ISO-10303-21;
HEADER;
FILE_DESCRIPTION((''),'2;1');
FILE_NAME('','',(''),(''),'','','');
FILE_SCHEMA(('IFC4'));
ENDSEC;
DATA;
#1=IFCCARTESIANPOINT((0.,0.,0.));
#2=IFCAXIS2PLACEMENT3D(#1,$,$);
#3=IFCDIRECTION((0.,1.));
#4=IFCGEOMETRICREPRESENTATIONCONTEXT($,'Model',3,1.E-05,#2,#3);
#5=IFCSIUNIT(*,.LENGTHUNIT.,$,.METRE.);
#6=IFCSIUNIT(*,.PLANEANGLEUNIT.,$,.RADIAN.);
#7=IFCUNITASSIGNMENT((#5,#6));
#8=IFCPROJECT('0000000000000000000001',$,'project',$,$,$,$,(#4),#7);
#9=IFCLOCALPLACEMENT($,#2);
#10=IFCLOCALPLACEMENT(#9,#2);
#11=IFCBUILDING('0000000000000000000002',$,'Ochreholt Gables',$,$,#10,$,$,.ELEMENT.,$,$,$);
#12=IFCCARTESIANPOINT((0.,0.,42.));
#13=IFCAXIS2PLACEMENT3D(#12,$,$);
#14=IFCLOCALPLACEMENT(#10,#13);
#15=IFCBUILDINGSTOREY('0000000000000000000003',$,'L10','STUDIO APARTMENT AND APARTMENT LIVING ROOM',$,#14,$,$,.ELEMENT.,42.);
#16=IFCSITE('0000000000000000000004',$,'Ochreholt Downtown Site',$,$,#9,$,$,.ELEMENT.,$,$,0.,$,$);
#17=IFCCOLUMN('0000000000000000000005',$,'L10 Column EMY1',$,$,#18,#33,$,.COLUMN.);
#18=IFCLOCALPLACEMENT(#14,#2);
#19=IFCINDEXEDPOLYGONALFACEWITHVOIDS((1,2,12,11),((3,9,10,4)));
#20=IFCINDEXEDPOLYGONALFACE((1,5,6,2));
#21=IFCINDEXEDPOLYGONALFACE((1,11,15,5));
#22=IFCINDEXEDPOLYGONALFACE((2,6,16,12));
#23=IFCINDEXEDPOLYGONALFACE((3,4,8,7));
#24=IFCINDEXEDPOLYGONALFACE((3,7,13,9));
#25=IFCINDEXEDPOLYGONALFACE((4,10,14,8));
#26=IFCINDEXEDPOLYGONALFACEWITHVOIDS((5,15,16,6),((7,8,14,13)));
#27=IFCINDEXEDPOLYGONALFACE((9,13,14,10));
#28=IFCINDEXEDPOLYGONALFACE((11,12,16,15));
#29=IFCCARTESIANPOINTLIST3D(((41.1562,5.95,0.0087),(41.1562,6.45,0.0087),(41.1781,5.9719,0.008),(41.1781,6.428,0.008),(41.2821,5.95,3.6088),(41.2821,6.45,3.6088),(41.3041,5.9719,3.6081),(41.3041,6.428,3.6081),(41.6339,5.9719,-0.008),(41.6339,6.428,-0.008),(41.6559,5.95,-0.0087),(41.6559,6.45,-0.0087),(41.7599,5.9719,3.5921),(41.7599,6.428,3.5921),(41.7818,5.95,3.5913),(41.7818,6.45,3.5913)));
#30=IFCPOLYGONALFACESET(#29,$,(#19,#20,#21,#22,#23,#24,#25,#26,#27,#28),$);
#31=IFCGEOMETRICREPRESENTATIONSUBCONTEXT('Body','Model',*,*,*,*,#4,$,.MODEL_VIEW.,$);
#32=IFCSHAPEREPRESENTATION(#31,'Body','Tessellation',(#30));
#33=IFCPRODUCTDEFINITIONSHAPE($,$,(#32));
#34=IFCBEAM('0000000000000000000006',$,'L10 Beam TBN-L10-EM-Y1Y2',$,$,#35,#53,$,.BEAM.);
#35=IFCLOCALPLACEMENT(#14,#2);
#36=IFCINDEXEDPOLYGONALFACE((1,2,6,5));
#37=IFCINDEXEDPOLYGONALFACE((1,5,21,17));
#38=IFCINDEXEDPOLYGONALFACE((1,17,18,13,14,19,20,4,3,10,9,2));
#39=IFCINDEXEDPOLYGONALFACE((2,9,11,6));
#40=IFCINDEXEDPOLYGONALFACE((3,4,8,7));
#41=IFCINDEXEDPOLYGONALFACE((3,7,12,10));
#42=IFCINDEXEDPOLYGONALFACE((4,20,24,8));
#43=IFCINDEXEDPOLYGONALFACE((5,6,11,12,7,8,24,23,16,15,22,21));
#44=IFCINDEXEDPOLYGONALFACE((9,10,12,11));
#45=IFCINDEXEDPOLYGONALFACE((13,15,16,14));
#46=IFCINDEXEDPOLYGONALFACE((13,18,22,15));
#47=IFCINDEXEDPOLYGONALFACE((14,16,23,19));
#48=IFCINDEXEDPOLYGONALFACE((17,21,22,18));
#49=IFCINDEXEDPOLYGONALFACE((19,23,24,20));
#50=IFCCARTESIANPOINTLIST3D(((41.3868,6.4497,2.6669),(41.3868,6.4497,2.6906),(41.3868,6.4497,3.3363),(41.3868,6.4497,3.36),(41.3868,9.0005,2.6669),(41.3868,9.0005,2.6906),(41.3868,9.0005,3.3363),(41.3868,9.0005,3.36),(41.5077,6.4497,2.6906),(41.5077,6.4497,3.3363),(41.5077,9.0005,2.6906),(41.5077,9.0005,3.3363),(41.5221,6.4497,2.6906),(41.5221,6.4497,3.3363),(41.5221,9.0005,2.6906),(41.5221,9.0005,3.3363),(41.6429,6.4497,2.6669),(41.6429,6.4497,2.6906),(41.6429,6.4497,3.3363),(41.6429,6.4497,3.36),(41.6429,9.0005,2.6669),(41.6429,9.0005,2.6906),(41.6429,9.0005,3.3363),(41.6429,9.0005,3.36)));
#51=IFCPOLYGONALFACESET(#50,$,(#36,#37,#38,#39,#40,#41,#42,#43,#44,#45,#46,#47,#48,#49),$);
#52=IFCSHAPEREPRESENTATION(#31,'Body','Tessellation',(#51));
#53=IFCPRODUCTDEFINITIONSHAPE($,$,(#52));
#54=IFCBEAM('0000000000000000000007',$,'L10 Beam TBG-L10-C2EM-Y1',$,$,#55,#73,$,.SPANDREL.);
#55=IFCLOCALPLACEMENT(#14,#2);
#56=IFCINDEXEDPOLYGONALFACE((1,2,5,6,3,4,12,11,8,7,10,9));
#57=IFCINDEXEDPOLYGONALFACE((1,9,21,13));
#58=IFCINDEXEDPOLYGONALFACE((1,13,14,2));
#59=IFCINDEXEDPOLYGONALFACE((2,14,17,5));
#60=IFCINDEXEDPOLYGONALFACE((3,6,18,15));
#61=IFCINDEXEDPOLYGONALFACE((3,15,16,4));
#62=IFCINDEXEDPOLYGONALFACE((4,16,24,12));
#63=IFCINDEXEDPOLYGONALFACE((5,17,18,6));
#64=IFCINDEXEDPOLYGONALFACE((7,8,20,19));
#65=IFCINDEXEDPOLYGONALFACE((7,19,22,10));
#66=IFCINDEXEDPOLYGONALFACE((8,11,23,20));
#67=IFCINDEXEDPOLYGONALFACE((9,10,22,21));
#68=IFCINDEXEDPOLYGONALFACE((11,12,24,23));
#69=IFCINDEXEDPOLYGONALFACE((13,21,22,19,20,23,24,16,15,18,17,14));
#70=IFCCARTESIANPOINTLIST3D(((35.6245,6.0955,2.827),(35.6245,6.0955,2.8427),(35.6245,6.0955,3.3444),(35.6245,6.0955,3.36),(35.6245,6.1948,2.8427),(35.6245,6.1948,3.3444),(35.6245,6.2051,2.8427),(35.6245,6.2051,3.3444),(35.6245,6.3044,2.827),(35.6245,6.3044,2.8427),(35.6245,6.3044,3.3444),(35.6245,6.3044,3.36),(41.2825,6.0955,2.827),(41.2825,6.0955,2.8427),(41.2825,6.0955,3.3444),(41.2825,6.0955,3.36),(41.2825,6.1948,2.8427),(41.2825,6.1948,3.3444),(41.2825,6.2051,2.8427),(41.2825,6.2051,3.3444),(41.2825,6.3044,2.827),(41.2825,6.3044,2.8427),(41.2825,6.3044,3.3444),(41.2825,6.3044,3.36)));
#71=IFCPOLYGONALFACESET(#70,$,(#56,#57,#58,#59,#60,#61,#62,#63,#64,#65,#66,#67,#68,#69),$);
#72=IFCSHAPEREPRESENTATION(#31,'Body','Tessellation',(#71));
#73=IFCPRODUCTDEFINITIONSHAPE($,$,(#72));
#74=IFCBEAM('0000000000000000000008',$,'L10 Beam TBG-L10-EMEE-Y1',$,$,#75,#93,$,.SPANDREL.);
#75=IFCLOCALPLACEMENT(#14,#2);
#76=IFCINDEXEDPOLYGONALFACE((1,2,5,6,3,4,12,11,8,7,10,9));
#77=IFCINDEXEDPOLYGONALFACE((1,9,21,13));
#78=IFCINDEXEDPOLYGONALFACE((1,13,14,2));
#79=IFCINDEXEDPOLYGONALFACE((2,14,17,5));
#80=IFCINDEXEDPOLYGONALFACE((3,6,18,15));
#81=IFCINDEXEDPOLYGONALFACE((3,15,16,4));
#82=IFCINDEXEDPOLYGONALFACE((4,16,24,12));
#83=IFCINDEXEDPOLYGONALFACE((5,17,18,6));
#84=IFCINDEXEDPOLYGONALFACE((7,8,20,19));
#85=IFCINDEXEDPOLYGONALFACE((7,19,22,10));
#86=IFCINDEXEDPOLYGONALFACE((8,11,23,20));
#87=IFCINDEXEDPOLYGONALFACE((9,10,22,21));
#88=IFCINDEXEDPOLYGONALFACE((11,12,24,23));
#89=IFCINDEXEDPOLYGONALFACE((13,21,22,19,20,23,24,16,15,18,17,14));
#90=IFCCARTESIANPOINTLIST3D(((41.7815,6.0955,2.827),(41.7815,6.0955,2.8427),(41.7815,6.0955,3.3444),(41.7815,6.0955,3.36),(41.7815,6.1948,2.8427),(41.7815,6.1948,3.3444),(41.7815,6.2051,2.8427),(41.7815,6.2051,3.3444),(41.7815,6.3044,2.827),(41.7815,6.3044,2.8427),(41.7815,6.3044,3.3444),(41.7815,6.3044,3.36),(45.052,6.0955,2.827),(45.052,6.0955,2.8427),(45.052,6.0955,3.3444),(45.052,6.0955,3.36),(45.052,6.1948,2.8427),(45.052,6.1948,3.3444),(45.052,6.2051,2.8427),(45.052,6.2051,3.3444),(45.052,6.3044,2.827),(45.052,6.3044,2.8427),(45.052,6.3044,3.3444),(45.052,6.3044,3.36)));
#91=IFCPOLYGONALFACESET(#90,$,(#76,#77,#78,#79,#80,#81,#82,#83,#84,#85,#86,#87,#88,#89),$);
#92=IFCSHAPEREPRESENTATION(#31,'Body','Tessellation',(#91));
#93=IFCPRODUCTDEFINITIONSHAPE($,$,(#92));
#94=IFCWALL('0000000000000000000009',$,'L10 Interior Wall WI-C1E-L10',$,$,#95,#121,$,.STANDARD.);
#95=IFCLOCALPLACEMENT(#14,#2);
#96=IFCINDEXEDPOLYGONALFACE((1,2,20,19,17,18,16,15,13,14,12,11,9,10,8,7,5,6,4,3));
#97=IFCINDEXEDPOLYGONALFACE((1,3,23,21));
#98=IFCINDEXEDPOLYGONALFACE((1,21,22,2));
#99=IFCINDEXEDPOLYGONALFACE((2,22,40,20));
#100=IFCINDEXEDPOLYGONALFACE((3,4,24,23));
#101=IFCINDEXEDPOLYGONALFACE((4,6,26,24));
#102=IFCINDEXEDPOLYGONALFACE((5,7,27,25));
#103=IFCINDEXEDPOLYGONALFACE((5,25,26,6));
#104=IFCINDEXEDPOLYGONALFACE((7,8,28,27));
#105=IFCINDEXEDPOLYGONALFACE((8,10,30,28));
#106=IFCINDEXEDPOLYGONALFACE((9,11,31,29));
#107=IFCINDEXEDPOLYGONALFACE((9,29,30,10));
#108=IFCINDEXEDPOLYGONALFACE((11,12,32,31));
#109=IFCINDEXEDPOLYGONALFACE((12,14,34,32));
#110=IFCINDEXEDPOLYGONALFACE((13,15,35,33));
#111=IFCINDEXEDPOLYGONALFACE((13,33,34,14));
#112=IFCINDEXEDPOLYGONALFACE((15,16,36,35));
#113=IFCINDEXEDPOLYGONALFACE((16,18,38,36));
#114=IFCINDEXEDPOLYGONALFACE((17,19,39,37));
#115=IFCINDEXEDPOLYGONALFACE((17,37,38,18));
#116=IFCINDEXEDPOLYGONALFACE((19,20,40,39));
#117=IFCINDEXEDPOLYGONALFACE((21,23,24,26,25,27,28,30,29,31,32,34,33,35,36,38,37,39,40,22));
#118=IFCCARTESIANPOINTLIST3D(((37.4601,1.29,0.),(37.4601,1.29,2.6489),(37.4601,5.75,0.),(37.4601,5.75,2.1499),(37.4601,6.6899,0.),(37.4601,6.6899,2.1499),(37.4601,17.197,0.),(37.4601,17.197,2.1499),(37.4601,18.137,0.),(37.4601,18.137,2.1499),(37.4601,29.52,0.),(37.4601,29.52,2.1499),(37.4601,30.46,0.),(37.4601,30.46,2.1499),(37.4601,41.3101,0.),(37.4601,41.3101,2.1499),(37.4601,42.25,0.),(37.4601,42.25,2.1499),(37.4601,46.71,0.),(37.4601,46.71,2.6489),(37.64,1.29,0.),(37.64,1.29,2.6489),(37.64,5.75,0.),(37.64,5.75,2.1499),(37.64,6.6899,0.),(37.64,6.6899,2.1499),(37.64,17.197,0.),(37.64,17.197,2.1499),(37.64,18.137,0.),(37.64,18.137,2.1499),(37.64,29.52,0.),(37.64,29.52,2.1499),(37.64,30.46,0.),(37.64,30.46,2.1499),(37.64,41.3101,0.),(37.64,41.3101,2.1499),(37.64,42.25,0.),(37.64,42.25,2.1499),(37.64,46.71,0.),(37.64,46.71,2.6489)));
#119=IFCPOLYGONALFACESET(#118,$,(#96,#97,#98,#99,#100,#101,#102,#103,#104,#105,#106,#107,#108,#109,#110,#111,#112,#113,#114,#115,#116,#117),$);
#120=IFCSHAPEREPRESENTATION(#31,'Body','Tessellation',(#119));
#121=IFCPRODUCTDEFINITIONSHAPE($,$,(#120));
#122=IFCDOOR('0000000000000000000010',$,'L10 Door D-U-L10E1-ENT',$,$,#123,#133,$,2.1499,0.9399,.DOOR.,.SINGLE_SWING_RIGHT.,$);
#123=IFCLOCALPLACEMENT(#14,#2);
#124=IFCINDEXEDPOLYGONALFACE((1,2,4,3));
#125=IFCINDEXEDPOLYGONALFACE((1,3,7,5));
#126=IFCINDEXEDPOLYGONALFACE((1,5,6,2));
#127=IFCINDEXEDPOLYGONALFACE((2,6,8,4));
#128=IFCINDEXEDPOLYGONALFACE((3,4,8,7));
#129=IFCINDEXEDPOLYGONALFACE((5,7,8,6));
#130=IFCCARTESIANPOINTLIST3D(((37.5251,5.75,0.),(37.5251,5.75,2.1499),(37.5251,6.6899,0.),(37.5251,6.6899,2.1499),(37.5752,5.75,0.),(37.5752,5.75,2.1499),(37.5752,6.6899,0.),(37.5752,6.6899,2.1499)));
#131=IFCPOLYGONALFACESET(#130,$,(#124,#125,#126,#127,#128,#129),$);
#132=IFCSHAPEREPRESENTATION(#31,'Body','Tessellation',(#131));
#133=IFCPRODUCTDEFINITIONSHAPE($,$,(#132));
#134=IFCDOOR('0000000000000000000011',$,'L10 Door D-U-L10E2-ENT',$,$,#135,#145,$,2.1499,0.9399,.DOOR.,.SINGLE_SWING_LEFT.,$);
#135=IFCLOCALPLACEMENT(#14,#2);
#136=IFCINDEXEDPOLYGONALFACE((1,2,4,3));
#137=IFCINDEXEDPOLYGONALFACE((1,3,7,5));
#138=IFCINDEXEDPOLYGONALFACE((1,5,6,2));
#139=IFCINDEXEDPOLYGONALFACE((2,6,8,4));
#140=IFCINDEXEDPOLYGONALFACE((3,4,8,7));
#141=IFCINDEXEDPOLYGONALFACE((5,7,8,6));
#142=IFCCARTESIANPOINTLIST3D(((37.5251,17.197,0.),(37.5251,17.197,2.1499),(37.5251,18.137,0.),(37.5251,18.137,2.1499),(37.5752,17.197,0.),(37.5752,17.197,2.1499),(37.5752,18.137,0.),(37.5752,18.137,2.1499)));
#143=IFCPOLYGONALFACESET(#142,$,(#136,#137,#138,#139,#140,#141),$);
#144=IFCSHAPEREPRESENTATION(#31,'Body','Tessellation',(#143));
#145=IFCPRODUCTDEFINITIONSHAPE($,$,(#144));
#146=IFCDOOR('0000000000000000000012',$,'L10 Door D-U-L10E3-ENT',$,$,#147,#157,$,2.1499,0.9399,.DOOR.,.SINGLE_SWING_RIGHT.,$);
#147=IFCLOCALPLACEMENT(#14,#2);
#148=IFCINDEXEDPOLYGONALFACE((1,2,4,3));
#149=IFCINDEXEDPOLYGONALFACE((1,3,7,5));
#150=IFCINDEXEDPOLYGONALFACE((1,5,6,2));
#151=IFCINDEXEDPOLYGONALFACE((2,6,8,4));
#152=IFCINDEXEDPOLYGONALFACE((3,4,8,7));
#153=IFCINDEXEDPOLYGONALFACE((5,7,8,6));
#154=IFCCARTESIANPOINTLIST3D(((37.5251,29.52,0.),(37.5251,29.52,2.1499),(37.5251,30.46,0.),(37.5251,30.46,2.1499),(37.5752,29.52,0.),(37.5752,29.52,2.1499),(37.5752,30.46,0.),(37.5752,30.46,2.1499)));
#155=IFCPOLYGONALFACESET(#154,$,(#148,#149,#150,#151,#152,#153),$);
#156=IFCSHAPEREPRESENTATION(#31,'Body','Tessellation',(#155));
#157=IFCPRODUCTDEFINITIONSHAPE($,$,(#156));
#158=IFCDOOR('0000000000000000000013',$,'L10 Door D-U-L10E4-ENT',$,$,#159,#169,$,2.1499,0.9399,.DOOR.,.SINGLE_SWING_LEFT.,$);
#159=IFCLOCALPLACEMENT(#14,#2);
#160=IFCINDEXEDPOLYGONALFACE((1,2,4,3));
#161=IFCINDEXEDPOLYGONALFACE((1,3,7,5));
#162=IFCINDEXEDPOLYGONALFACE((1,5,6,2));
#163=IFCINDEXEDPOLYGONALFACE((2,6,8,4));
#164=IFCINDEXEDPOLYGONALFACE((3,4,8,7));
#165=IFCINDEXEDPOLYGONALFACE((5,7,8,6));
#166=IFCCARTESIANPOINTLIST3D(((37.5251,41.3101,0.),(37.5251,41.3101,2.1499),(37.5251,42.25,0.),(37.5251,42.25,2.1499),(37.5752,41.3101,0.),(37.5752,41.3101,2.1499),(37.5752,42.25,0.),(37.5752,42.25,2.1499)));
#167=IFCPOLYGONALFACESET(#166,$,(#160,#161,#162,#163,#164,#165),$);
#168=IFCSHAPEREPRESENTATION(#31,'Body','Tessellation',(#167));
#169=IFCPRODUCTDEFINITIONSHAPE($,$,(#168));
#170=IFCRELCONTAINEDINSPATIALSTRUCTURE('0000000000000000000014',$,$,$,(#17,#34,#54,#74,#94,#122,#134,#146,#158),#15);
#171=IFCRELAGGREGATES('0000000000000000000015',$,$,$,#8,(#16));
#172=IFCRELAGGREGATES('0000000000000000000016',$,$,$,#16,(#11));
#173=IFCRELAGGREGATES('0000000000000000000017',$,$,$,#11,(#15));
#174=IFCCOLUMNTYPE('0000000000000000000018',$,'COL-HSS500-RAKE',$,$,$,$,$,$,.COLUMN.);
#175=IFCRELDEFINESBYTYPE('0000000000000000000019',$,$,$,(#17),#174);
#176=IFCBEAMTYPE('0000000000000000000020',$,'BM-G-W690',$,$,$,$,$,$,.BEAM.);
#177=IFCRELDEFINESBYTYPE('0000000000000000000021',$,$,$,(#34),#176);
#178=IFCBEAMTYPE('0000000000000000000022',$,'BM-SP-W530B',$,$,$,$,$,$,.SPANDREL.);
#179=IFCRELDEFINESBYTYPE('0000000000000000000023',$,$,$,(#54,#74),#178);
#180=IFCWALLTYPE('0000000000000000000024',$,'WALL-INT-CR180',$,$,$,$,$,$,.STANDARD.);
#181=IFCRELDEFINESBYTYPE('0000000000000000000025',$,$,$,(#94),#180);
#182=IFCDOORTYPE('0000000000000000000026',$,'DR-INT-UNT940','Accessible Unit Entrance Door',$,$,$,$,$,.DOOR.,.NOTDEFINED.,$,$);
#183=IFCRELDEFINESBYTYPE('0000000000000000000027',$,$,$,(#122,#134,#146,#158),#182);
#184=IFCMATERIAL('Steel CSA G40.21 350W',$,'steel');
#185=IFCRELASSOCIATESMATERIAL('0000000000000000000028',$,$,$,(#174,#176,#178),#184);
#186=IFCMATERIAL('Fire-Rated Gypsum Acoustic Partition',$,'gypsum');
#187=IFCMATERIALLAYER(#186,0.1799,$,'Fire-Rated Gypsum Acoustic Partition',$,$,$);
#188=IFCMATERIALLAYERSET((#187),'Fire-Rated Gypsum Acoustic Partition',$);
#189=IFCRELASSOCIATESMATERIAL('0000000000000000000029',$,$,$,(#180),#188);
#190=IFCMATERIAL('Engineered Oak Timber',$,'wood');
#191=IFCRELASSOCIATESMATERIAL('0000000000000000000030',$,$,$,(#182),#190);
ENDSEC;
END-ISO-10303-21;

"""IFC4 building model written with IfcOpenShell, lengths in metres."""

from ifc_helpers import new_model, si_unit, direction, frame, frame_2d, origin, origin_2d, place, context, subcontext, project, spatial, rectangle, hollow_rectangle, i_section, extrude, material, layer, layer_set, material_profile, profile_set, type_object, element, fill, save


model = new_model("IFC4")

# Units and contexts
model_context = context("Model", 3, precision=1e-05, world=origin(), true_north=direction((0.0, 1.0)))
body_context = subcontext(model_context, "Body", "Model", "MODEL_VIEW")
ifc_project = project(units=[si_unit("LENGTHUNIT", "METRE"), si_unit("PLANEANGLEUNIT", "RADIAN")], contexts=[model_context])

# Site, building, storey
site_placement = place(None, origin())
site = spatial("IfcSite", under=ifc_project, at=site_placement, Name="Ochreholt Downtown Site", CompositionType="ELEMENT", RefElevation=0.0)
building_placement = place(site_placement, origin())
building = spatial("IfcBuilding", under=site, at=building_placement, Name="Ochreholt Gables", CompositionType="ELEMENT")
storey_placement = place(building_placement, frame((0.0, 0.0, 42.0)))
storey = spatial("IfcBuildingStorey", under=building, at=storey_placement, Name="L10", Description="STUDIO APARTMENT AND APARTMENT LIVING ROOM", CompositionType="ELEMENT", Elevation=42.0)

# Column
ifc_material_1 = material(Name="Steel CSA G40.21 350W", Category="steel")
ifc_material_profile_1 = material_profile(ifc_material_1, hollow_rectangle(XDim=0.5, YDim=0.5, WallThickness=0.022, at=origin_2d()), Name="HSS500X500X22")
ifc_profile_set_1 = profile_set([ifc_material_profile_1], Name="Steel CSA G40.21 350W")
column_type = type_object("IfcColumnType", Name="COL-HSS500-RAKE", PredefinedType="COLUMN", material=ifc_profile_set_1)
column_placement = place(storey_placement, frame((41.406, 6.2, 0.0), z_axis=(0.034971, 0.0, 0.999388), x_axis=(0.0, 1.0, 0.0)))
element("IfcColumn", 1, at=column_placement, inside=storey, type_object=column_type, Name="L10 Column EMY1", PredefinedType="COLUMN", context=body_context, shape_type="SweptSolid", body=[
    extrude(hollow_rectangle(XDim=0.5, YDim=0.5, WallThickness=0.022, at=origin_2d()), origin(), (0.0, 0.0, 1.0), 3.6023),
])

# Beams
ifc_material_profile_2 = material_profile(ifc_material_1, i_section(OverallWidth=0.2561, OverallDepth=0.6931, WebThickness=0.0144, FlangeThickness=0.0237, at=origin_2d()), Name="W690X170")
ifc_profile_set_2 = profile_set([ifc_material_profile_2], Name="Steel CSA G40.21 350W")
beam_type_1 = type_object("IfcBeamType", Name="BM-G-W690", PredefinedType="BEAM", material=ifc_profile_set_2)
beam_1_placement = place(storey_placement, frame((41.5149, 6.4497, 3.0134), z_axis=(0.0, 1.0, 0.0), x_axis=(-1.0, 0.0, 0.0)))
element("IfcBeam", 2, at=beam_1_placement, inside=storey, type_object=beam_type_1, Name="L10 Beam TBN-L10-EM-Y1Y2", PredefinedType="BEAM", context=body_context, shape_type="SweptSolid", body=[
    extrude(i_section(OverallWidth=0.2561, OverallDepth=0.6931, WebThickness=0.0144, FlangeThickness=0.0237, at=origin_2d()), origin(), (0.0, 0.0, 1.0), 2.5508),
])
ifc_material_profile_3 = material_profile(ifc_material_1, i_section(OverallWidth=0.209, OverallDepth=0.533, WebThickness=0.0103, FlangeThickness=0.0156, at=origin_2d()), Name="W530X92")
ifc_profile_set_3 = profile_set([ifc_material_profile_3], Name="Steel CSA G40.21 350W")
beam_type_2 = type_object("IfcBeamType", Name="BM-SP-W530B", PredefinedType="SPANDREL", material=ifc_profile_set_3)
beam_2_placement = place(storey_placement, frame((35.6245, 6.2, 3.0935), z_axis=(1.0, 0.0, 0.0), x_axis=(0.0, 1.0, 0.0)))
element("IfcBeam", 3, at=beam_2_placement, inside=storey, type_object=beam_type_2, Name="L10 Beam TBG-L10-C2EM-Y1", PredefinedType="SPANDREL", context=body_context, shape_type="SweptSolid", body=[
    extrude(i_section(OverallWidth=0.209, OverallDepth=0.533, WebThickness=0.0103, FlangeThickness=0.0156, at=origin_2d()), origin(), (0.0, 0.0, 1.0), 5.658),
])
beam_3_placement = place(storey_placement, frame((41.7815, 6.2, 3.0935), z_axis=(1.0, 0.0, 0.0), x_axis=(0.0, 1.0, 0.0)))
element("IfcBeam", 4, at=beam_3_placement, inside=storey, type_object=beam_type_2, Name="L10 Beam TBG-L10-EMEE-Y1", PredefinedType="SPANDREL", context=body_context, shape_type="SweptSolid", body=[
    extrude(i_section(OverallWidth=0.209, OverallDepth=0.533, WebThickness=0.0103, FlangeThickness=0.0156, at=origin_2d()), origin(), (0.0, 0.0, 1.0), 3.2705),
])

# Wall, openings, doors
ifc_material_2 = material(Name="Fire-Rated Gypsum Acoustic Partition", Category="gypsum")
ifc_layer_1 = layer(ifc_material_2, 0.1799, Name="Fire-Rated Gypsum Acoustic Partition")
ifc_layer_set_1 = layer_set([ifc_layer_1], Name="Fire-Rated Gypsum Acoustic Partition")
wall_type_1 = type_object("IfcWallType", Name="WALL-INT-CR180", PredefinedType="STANDARD", material=ifc_layer_set_1)
wall_1_placement = place(storey_placement, frame((37.55, 1.29, 0.0), z_axis=(0.0, 0.0, 1.0), x_axis=(0.0, 1.0, 0.0)))
wall_1 = element("IfcWall", 5, at=wall_1_placement, inside=storey, type_object=wall_type_1, Name="L10 Interior Wall WI-C1E-L10", PredefinedType="STANDARD", context=body_context, shape_type="SweptSolid", body=[
    extrude(rectangle(XDim=45.4199, YDim=0.1799, at=frame_2d((22.71, 0.0))), origin(), (0.0, 0.0, 1.0), 2.6489),
])
opening_1_placement = place(wall_1_placement, frame((4.46, 0.0, 0.0)))
opening_1 = element("IfcOpeningElement", 6, at=opening_1_placement, cuts=wall_1, PredefinedType="OPENING", context=body_context, shape_type="SweptSolid", body=[
    extrude(rectangle(XDim=0.9399, YDim=2.1499, at=frame_2d((0.47, 1.075))), frame((0.0, 0.0999, 0.0), z_axis=(0.0, -1.0, 0.0), x_axis=(1.0, 0.0, 0.0)), (0.0, 0.0, 1.0), 0.2),
])
opening_2_placement = place(wall_1_placement, frame((15.907, 0.0, 0.0)))
opening_2 = element("IfcOpeningElement", 7, at=opening_2_placement, cuts=wall_1, PredefinedType="OPENING", context=body_context, shape_type="SweptSolid", body=[
    extrude(rectangle(XDim=0.9399, YDim=2.1499, at=frame_2d((0.47, 1.075))), frame((0.0, 0.0999, 0.0), z_axis=(0.0, -1.0, 0.0), x_axis=(1.0, 0.0, 0.0)), (0.0, 0.0, 1.0), 0.2),
])
opening_3_placement = place(wall_1_placement, frame((28.23, 0.0, 0.0)))
opening_3 = element("IfcOpeningElement", 8, at=opening_3_placement, cuts=wall_1, PredefinedType="OPENING", context=body_context, shape_type="SweptSolid", body=[
    extrude(rectangle(XDim=0.9399, YDim=2.1499, at=frame_2d((0.47, 1.075))), frame((0.0, 0.0999, 0.0), z_axis=(0.0, -1.0, 0.0), x_axis=(1.0, 0.0, 0.0)), (0.0, 0.0, 1.0), 0.2),
])
opening_4_placement = place(wall_1_placement, frame((40.02, 0.0, 0.0)))
opening_4 = element("IfcOpeningElement", 9, at=opening_4_placement, cuts=wall_1, PredefinedType="OPENING", context=body_context, shape_type="SweptSolid", body=[
    extrude(rectangle(XDim=0.9399, YDim=2.1499, at=frame_2d((0.47, 1.075))), frame((0.0, 0.0999, 0.0), z_axis=(0.0, -1.0, 0.0), x_axis=(1.0, 0.0, 0.0)), (0.0, 0.0, 1.0), 0.2),
])
ifc_material_3 = material(Name="Engineered Oak Timber", Category="wood")
door_type_1 = type_object("IfcDoorType", Name="DR-INT-UNT940", Description="Accessible Unit Entrance Door", OperationType="NOTDEFINED", PredefinedType="DOOR", material=ifc_material_3)
door_1_placement = place(opening_1_placement, origin())
door_1 = element("IfcDoor", 10, at=door_1_placement, inside=storey, type_object=door_type_1, Name="L10 Door D-U-L10E1-ENT", OperationType="SINGLE_SWING_RIGHT", OverallHeight=2.1499, OverallWidth=0.9399, PredefinedType="DOOR", context=body_context, shape_type="SweptSolid", body=[
    extrude(rectangle(XDim=0.9399, YDim=2.1499, at=frame_2d((0.47, 1.075))), frame((0.0, 0.0249, 0.0), z_axis=(0.0, -1.0, 0.0), x_axis=(1.0, 0.0, 0.0)), (0.0, 0.0, 1.0), 0.05),
])
fill(opening_1, door_1)
door_2_placement = place(opening_2_placement, origin())
door_2 = element("IfcDoor", 11, at=door_2_placement, inside=storey, type_object=door_type_1, Name="L10 Door D-U-L10E2-ENT", OperationType="SINGLE_SWING_LEFT", OverallHeight=2.1499, OverallWidth=0.9399, PredefinedType="DOOR", context=body_context, shape_type="SweptSolid", body=[
    extrude(rectangle(XDim=0.9399, YDim=2.1499, at=frame_2d((0.47, 1.075))), frame((0.0, 0.0249, 0.0), z_axis=(0.0, -1.0, 0.0), x_axis=(1.0, 0.0, 0.0)), (0.0, 0.0, 1.0), 0.05),
])
fill(opening_2, door_2)
door_3_placement = place(opening_3_placement, origin())
door_3 = element("IfcDoor", 12, at=door_3_placement, inside=storey, type_object=door_type_1, Name="L10 Door D-U-L10E3-ENT", OperationType="SINGLE_SWING_RIGHT", OverallHeight=2.1499, OverallWidth=0.9399, PredefinedType="DOOR", context=body_context, shape_type="SweptSolid", body=[
    extrude(rectangle(XDim=0.9399, YDim=2.1499, at=frame_2d((0.47, 1.075))), frame((0.0, 0.0249, 0.0), z_axis=(0.0, -1.0, 0.0), x_axis=(1.0, 0.0, 0.0)), (0.0, 0.0, 1.0), 0.05),
])
fill(opening_3, door_3)
door_4_placement = place(opening_4_placement, origin())
door_4 = element("IfcDoor", 13, at=door_4_placement, inside=storey, type_object=door_type_1, Name="L10 Door D-U-L10E4-ENT", OperationType="SINGLE_SWING_LEFT", OverallHeight=2.1499, OverallWidth=0.9399, PredefinedType="DOOR", context=body_context, shape_type="SweptSolid", body=[
    extrude(rectangle(XDim=0.9399, YDim=2.1499, at=frame_2d((0.47, 1.075))), frame((0.0, 0.0249, 0.0), z_axis=(0.0, -1.0, 0.0), x_axis=(1.0, 0.0, 0.0)), (0.0, 0.0, 1.0), 0.05),
])
fill(opening_4, door_4)

save(model, "model.ifc")
